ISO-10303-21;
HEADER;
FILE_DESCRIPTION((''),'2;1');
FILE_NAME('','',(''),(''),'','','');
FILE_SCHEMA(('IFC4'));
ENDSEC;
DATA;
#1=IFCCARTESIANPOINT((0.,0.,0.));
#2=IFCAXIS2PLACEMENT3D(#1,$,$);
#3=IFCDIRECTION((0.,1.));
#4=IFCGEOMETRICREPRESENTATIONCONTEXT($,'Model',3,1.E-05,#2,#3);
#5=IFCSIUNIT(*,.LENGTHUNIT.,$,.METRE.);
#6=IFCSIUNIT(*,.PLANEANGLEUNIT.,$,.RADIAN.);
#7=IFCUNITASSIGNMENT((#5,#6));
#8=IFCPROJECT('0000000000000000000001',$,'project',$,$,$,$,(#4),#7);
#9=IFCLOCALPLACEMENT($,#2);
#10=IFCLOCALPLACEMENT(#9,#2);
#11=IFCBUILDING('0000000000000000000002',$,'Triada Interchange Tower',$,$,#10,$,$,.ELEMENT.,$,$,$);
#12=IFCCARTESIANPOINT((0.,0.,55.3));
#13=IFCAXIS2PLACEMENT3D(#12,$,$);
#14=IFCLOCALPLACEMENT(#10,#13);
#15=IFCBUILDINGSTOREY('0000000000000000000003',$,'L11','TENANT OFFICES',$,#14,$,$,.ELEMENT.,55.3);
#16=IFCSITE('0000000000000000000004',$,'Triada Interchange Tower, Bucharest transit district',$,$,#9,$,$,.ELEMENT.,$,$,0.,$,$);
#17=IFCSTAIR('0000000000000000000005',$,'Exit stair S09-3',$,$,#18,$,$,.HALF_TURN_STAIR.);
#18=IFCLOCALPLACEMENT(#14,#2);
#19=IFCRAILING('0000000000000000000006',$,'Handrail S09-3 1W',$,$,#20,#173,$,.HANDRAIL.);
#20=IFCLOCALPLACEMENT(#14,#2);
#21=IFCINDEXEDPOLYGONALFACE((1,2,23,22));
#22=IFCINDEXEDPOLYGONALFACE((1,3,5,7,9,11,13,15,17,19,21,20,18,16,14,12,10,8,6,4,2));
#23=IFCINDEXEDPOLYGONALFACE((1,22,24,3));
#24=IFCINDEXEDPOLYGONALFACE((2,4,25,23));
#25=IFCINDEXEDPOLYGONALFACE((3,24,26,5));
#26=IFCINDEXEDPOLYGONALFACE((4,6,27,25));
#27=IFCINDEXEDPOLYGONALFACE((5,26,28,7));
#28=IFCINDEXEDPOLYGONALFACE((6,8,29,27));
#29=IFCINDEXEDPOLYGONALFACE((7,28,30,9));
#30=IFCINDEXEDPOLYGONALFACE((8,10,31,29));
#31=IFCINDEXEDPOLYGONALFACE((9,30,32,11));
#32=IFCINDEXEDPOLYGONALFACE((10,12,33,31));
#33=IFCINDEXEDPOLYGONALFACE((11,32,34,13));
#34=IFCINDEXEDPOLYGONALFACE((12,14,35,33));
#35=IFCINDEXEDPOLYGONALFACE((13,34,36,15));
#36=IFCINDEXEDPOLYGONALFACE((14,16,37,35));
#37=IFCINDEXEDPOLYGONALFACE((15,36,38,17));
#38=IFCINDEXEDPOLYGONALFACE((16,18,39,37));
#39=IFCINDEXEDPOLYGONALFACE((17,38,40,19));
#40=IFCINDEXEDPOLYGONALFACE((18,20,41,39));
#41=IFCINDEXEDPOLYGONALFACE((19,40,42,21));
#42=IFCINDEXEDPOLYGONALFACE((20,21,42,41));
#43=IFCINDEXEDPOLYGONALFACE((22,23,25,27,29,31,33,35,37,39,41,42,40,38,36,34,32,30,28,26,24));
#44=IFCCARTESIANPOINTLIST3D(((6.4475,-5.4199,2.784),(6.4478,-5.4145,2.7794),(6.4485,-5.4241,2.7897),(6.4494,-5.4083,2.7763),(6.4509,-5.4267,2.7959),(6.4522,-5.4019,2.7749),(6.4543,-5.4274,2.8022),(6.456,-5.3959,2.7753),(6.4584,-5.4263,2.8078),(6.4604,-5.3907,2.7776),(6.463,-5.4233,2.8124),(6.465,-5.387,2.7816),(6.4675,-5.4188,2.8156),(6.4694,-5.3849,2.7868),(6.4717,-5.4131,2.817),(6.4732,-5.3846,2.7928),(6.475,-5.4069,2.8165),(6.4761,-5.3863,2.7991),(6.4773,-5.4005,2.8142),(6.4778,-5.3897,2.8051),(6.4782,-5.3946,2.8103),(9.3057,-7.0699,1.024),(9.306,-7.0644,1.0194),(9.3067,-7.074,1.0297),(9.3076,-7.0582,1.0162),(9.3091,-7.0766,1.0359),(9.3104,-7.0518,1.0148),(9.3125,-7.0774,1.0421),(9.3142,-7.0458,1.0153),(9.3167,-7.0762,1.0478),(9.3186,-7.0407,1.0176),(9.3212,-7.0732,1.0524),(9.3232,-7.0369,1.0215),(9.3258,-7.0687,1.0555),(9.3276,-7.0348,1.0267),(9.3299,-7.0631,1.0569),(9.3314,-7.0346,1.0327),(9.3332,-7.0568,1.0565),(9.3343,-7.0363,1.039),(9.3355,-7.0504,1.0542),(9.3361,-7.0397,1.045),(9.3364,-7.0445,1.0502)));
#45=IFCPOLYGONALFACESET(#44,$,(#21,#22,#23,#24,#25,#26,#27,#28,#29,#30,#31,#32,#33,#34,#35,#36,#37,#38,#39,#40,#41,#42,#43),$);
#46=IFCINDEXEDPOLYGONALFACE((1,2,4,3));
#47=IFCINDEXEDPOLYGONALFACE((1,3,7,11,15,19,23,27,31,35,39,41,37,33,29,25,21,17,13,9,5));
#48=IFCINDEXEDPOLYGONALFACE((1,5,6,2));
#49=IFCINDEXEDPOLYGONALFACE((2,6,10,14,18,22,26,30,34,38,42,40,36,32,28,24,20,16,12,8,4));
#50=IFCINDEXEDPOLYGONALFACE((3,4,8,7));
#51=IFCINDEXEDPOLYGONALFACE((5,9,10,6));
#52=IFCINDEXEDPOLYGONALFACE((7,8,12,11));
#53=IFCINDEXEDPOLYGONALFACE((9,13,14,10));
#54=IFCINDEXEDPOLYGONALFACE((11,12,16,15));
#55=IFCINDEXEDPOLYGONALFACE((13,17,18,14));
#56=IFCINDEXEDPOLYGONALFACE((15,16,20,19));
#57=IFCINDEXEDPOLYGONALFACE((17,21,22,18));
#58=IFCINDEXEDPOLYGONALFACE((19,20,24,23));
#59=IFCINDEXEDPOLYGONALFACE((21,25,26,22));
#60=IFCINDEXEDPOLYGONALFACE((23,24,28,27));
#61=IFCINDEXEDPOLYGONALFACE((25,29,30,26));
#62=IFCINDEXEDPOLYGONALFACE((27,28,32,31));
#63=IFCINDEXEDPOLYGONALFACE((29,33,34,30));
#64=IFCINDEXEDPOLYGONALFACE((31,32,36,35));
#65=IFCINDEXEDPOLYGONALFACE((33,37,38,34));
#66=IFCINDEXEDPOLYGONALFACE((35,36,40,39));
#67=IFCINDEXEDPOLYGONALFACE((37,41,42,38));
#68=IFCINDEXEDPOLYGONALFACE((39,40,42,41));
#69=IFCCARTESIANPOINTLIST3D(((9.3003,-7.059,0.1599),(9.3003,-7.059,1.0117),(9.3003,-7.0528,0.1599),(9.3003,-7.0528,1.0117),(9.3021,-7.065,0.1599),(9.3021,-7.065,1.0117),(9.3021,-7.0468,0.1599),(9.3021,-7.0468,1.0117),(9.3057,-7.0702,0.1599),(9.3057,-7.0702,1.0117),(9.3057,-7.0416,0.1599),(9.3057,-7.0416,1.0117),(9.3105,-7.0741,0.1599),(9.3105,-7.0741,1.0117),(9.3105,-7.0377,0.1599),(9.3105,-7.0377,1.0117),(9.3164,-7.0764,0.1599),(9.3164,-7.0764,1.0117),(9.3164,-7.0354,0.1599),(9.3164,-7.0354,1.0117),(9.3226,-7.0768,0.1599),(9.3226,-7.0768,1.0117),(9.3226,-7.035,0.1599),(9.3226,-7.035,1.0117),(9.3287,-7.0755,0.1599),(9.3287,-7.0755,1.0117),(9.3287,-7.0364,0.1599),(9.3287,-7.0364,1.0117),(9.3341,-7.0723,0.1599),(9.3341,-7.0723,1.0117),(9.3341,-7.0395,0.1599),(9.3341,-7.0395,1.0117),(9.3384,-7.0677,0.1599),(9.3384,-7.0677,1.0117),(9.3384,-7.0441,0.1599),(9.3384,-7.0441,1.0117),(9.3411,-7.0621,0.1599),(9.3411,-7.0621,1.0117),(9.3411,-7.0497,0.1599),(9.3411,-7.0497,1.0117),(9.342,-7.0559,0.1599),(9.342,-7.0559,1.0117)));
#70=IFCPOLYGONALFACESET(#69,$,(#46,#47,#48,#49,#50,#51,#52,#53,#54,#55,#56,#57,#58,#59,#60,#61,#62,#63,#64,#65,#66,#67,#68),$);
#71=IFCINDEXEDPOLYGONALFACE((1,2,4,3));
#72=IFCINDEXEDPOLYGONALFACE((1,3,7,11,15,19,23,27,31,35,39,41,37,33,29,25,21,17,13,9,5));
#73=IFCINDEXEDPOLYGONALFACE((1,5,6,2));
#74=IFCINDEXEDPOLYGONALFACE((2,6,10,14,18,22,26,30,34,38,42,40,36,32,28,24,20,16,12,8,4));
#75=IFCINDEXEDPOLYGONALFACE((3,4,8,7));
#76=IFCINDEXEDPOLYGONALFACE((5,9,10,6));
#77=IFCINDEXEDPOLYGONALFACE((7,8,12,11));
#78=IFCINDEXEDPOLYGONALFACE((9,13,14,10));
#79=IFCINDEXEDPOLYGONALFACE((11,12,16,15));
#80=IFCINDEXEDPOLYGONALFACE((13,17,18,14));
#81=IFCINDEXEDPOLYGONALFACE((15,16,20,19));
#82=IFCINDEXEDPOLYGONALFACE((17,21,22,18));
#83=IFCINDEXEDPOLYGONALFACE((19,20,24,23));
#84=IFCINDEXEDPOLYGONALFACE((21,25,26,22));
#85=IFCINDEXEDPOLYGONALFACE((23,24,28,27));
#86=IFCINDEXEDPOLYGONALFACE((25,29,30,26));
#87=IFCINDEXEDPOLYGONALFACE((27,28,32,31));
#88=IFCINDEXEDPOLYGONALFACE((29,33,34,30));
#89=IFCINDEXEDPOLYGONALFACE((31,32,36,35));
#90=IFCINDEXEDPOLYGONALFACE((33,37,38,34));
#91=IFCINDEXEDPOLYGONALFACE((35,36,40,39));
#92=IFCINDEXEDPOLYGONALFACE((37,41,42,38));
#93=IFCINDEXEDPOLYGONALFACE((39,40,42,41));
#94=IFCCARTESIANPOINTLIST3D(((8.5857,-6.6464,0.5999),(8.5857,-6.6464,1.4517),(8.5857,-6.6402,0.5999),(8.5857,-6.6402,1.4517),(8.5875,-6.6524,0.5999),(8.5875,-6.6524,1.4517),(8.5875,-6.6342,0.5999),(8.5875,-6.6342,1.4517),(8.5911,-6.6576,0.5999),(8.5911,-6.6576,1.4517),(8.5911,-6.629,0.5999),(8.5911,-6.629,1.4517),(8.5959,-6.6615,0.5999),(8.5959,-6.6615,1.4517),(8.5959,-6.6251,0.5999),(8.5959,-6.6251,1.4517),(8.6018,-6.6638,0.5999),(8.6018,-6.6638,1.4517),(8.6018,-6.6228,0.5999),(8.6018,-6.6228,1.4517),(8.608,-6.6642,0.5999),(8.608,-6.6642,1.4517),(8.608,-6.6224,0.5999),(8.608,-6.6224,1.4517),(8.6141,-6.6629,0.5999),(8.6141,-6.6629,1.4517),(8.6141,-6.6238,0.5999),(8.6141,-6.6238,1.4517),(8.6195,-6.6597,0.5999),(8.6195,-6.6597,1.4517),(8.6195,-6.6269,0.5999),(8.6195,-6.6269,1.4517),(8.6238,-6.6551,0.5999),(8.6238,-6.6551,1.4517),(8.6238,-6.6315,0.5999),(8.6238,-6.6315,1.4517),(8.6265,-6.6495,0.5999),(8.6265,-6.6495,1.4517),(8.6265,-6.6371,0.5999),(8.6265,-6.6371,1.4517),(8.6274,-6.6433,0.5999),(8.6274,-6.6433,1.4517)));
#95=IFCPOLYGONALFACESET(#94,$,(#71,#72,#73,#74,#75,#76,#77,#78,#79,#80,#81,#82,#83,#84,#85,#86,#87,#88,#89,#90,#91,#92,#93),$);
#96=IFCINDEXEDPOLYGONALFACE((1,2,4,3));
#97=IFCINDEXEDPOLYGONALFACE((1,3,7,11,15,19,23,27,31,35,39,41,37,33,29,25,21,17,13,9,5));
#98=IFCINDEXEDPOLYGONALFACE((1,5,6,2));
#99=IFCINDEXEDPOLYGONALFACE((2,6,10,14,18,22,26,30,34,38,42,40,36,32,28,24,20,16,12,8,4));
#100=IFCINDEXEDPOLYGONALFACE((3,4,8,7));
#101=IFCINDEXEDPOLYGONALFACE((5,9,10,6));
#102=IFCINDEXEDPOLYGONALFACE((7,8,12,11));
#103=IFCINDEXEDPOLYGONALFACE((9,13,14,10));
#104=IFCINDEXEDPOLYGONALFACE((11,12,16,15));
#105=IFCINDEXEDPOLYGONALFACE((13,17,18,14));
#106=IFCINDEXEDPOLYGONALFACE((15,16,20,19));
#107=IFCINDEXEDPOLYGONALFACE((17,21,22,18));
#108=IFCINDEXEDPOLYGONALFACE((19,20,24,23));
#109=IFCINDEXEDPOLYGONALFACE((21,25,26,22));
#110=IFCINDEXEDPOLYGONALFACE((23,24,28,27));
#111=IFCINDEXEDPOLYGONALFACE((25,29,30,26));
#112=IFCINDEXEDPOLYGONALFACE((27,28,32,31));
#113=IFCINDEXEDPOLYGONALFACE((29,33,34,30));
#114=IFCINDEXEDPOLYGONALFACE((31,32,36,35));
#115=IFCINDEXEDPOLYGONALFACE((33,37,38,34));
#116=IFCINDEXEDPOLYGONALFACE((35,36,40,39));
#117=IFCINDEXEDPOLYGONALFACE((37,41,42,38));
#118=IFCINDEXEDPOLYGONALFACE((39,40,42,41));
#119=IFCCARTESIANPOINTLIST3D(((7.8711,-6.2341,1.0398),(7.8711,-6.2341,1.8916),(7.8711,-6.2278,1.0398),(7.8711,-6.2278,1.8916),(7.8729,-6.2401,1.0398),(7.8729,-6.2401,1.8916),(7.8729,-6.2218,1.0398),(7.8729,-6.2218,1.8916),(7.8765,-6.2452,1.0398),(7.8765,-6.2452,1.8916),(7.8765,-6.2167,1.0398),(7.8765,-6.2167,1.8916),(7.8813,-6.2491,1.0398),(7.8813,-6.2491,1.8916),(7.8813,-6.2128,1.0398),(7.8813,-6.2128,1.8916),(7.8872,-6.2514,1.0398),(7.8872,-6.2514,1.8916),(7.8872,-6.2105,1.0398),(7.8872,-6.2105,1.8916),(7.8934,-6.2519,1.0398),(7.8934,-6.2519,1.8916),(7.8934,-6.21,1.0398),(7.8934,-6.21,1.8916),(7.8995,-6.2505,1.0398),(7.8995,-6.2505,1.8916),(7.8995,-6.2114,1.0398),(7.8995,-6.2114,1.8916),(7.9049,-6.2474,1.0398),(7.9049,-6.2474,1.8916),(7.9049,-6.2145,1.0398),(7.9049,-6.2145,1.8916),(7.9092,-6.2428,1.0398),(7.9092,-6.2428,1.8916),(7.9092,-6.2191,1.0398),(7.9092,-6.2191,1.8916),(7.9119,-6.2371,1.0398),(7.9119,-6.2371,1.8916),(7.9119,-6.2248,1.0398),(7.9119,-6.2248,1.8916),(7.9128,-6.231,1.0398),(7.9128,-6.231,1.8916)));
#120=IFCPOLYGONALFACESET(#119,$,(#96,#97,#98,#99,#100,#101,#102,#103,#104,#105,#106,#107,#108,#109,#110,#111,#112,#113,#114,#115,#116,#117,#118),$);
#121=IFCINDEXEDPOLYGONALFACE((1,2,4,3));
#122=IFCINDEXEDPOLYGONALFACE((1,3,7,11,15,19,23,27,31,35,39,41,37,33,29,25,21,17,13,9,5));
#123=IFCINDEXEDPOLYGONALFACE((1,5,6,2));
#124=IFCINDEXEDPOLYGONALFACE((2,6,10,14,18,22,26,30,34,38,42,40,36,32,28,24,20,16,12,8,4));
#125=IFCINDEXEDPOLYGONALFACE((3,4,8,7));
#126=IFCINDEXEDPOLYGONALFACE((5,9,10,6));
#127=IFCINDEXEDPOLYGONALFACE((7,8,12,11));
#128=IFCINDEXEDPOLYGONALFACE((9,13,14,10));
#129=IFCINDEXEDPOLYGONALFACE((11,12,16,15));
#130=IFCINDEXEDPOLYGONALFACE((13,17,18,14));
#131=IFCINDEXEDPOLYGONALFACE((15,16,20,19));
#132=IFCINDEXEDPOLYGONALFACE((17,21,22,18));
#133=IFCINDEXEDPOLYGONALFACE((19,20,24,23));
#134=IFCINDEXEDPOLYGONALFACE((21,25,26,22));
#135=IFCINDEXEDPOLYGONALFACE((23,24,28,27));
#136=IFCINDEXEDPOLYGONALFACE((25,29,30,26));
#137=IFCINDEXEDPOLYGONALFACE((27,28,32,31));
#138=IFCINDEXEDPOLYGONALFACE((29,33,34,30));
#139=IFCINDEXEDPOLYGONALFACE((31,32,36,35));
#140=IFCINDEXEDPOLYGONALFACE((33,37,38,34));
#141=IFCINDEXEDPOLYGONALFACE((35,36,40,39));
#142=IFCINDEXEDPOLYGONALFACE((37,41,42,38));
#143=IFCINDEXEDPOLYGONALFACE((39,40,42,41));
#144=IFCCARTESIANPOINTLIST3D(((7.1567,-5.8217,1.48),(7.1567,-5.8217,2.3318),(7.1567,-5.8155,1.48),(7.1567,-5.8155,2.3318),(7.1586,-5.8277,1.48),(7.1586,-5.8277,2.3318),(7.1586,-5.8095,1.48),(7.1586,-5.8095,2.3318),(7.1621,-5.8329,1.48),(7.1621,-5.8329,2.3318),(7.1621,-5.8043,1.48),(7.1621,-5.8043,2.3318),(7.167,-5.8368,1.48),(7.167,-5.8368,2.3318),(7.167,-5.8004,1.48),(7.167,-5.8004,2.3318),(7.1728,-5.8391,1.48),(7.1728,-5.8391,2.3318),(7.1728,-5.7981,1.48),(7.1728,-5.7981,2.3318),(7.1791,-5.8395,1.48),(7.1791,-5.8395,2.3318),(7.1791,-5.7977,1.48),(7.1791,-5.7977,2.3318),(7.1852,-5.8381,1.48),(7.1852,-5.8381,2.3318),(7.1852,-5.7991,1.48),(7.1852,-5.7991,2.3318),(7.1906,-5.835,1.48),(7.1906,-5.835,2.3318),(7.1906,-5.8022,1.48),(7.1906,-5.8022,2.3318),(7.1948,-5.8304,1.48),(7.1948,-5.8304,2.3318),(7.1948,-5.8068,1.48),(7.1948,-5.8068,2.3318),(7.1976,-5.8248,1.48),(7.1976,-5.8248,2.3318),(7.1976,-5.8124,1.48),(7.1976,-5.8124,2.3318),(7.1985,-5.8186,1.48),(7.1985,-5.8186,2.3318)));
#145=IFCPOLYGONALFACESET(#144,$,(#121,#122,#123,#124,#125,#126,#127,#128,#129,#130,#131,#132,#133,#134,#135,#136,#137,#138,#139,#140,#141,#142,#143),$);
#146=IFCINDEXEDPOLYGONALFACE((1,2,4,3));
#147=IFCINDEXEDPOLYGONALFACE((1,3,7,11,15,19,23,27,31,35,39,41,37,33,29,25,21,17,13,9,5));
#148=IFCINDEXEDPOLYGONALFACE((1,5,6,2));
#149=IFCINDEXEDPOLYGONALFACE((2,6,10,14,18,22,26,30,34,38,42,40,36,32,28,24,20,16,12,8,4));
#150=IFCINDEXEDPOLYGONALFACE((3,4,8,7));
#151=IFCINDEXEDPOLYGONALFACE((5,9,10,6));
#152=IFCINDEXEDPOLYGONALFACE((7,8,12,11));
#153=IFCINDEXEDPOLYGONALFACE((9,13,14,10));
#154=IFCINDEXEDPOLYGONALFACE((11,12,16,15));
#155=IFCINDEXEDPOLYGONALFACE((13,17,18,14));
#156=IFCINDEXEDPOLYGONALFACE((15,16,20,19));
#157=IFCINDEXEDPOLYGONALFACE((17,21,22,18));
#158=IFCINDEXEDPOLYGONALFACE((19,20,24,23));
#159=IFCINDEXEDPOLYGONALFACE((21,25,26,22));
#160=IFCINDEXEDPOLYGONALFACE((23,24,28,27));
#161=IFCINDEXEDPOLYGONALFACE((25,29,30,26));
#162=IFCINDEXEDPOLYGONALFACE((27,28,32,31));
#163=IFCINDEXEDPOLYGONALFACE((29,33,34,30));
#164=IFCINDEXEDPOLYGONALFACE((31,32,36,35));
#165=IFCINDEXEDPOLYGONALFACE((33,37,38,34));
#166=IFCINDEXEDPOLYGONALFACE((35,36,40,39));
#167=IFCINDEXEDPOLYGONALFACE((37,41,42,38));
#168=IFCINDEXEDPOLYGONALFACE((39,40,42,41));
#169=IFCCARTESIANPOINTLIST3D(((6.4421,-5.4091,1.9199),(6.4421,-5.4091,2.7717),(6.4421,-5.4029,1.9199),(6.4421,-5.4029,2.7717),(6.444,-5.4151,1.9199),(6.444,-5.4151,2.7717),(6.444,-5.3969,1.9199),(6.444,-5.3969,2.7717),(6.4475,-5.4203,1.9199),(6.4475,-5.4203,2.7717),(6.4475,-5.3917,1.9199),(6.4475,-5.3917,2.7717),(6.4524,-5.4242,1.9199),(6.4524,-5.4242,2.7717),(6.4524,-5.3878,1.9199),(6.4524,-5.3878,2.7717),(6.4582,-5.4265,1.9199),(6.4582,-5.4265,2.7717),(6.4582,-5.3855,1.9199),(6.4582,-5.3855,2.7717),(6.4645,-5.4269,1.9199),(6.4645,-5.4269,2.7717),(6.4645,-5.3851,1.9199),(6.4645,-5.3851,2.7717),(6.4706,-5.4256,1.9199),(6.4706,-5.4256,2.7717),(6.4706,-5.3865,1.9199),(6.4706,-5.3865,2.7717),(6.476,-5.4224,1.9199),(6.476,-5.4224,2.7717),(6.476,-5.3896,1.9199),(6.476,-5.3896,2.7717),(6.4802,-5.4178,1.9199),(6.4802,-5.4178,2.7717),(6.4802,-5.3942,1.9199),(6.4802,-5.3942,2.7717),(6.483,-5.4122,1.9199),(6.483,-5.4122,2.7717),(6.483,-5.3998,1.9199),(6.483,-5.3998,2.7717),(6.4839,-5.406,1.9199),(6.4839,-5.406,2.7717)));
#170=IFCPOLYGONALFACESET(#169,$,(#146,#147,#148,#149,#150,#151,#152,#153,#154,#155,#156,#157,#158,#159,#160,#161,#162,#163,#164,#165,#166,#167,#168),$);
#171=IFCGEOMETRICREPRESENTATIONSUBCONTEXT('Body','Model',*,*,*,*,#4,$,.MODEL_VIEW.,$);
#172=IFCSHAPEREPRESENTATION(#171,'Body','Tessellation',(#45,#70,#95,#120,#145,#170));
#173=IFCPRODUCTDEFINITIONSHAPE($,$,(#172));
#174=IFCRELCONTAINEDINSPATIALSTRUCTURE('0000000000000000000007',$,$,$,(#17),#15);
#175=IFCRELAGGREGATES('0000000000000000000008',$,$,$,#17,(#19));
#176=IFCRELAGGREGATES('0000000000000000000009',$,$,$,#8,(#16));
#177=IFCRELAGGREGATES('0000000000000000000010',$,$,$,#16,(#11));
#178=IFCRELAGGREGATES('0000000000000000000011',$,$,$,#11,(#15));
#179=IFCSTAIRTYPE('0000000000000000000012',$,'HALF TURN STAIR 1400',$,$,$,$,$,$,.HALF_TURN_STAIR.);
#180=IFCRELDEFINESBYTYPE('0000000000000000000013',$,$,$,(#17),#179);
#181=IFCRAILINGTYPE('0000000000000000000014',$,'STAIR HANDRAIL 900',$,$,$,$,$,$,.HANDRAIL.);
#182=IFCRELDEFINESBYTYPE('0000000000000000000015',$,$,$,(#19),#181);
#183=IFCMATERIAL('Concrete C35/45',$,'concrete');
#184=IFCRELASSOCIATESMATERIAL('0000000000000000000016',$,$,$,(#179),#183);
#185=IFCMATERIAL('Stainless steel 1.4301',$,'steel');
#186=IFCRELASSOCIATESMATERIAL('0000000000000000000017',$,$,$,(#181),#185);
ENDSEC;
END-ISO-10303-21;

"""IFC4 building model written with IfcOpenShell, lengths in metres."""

from ifc_helpers import new_model, si_unit, direction, frame, origin, origin_2d, place, context, subcontext, project, spatial, circle, extrude, material, type_object, element, aggregate, save


model = new_model("IFC4")

# Units and contexts
model_context = context("Model", 3, precision=1e-05, world=origin(), true_north=direction((0.0, 1.0)))
body_context = subcontext(model_context, "Body", "Model", "MODEL_VIEW")
ifc_project = project(units=[si_unit("LENGTHUNIT", "METRE"), si_unit("PLANEANGLEUNIT", "RADIAN")], contexts=[model_context])

# Site, building, storey
site_placement = place(None, origin())
site = spatial("IfcSite", under=ifc_project, at=site_placement, Name="Triada Interchange Tower, Bucharest transit district", CompositionType="ELEMENT", RefElevation=0.0)
building_placement = place(site_placement, origin())
building = spatial("IfcBuilding", under=site, at=building_placement, Name="Triada Interchange Tower", CompositionType="ELEMENT")
storey_placement = place(building_placement, frame((0.0, 0.0, 55.3)))
storey = spatial("IfcBuildingStorey", under=building, at=storey_placement, Name="L11", Description="TENANT OFFICES", CompositionType="ELEMENT", Elevation=55.3)

# Stair, railing
ifc_material_1 = material(Name="Concrete C35/45", Category="concrete")
stair_type = type_object("IfcStairType", Name="HALF TURN STAIR 1400", PredefinedType="HALF_TURN_STAIR", material=ifc_material_1)
stair_placement = place(storey_placement, origin())
stair = element("IfcStair", 1, at=stair_placement, inside=storey, type_object=stair_type, Name="Exit stair S09-3", PredefinedType="HALF_TURN_STAIR")
ifc_material_2 = material(Name="Stainless steel 1.4301", Category="steel")
railing_type = type_object("IfcRailingType", Name="STAIR HANDRAIL 900", PredefinedType="HANDRAIL", material=ifc_material_2)
railing_1_placement = place(storey_placement, frame((9.321, -7.0559, 0.1599)))
railing_1 = element("IfcRailing", 2, at=railing_1_placement, type_object=railing_type, Name="Handrail S09-3 1W", PredefinedType="HANDRAIL", context=body_context, shape_type="SweptSolid", body=[
    extrude(circle(Radius=0.0239, at=origin_2d()), frame((0.0, 0.0, 0.876), z_axis=(-0.764178, 0.441131, 0.47057), x_axis=(-0.499942, -0.866059, 0.0)), (0.0, 0.0, 1.0), 3.7402),
    extrude(circle(Radius=0.021, at=origin_2d()), origin(), (0.0, 0.0, 1.0), 0.8518),
    extrude(circle(Radius=0.021, at=origin_2d()), frame((-0.7146, 0.4126, 0.4399)), (0.0, 0.0, 1.0), 0.8518),
    extrude(circle(Radius=0.021, at=origin_2d()), frame((-1.4292, 0.825, 0.8799)), (0.0, 0.0, 1.0), 0.8518),
    extrude(circle(Radius=0.021, at=origin_2d()), frame((-2.1436, 1.2373, 1.3201)), (0.0, 0.0, 1.0), 0.8518),
    extrude(circle(Radius=0.021, at=origin_2d()), frame((-2.8582, 1.6499, 1.76)), (0.0, 0.0, 1.0), 0.8518),
])
aggregate(stair, [railing_1])

save(model, "model.ifc")
